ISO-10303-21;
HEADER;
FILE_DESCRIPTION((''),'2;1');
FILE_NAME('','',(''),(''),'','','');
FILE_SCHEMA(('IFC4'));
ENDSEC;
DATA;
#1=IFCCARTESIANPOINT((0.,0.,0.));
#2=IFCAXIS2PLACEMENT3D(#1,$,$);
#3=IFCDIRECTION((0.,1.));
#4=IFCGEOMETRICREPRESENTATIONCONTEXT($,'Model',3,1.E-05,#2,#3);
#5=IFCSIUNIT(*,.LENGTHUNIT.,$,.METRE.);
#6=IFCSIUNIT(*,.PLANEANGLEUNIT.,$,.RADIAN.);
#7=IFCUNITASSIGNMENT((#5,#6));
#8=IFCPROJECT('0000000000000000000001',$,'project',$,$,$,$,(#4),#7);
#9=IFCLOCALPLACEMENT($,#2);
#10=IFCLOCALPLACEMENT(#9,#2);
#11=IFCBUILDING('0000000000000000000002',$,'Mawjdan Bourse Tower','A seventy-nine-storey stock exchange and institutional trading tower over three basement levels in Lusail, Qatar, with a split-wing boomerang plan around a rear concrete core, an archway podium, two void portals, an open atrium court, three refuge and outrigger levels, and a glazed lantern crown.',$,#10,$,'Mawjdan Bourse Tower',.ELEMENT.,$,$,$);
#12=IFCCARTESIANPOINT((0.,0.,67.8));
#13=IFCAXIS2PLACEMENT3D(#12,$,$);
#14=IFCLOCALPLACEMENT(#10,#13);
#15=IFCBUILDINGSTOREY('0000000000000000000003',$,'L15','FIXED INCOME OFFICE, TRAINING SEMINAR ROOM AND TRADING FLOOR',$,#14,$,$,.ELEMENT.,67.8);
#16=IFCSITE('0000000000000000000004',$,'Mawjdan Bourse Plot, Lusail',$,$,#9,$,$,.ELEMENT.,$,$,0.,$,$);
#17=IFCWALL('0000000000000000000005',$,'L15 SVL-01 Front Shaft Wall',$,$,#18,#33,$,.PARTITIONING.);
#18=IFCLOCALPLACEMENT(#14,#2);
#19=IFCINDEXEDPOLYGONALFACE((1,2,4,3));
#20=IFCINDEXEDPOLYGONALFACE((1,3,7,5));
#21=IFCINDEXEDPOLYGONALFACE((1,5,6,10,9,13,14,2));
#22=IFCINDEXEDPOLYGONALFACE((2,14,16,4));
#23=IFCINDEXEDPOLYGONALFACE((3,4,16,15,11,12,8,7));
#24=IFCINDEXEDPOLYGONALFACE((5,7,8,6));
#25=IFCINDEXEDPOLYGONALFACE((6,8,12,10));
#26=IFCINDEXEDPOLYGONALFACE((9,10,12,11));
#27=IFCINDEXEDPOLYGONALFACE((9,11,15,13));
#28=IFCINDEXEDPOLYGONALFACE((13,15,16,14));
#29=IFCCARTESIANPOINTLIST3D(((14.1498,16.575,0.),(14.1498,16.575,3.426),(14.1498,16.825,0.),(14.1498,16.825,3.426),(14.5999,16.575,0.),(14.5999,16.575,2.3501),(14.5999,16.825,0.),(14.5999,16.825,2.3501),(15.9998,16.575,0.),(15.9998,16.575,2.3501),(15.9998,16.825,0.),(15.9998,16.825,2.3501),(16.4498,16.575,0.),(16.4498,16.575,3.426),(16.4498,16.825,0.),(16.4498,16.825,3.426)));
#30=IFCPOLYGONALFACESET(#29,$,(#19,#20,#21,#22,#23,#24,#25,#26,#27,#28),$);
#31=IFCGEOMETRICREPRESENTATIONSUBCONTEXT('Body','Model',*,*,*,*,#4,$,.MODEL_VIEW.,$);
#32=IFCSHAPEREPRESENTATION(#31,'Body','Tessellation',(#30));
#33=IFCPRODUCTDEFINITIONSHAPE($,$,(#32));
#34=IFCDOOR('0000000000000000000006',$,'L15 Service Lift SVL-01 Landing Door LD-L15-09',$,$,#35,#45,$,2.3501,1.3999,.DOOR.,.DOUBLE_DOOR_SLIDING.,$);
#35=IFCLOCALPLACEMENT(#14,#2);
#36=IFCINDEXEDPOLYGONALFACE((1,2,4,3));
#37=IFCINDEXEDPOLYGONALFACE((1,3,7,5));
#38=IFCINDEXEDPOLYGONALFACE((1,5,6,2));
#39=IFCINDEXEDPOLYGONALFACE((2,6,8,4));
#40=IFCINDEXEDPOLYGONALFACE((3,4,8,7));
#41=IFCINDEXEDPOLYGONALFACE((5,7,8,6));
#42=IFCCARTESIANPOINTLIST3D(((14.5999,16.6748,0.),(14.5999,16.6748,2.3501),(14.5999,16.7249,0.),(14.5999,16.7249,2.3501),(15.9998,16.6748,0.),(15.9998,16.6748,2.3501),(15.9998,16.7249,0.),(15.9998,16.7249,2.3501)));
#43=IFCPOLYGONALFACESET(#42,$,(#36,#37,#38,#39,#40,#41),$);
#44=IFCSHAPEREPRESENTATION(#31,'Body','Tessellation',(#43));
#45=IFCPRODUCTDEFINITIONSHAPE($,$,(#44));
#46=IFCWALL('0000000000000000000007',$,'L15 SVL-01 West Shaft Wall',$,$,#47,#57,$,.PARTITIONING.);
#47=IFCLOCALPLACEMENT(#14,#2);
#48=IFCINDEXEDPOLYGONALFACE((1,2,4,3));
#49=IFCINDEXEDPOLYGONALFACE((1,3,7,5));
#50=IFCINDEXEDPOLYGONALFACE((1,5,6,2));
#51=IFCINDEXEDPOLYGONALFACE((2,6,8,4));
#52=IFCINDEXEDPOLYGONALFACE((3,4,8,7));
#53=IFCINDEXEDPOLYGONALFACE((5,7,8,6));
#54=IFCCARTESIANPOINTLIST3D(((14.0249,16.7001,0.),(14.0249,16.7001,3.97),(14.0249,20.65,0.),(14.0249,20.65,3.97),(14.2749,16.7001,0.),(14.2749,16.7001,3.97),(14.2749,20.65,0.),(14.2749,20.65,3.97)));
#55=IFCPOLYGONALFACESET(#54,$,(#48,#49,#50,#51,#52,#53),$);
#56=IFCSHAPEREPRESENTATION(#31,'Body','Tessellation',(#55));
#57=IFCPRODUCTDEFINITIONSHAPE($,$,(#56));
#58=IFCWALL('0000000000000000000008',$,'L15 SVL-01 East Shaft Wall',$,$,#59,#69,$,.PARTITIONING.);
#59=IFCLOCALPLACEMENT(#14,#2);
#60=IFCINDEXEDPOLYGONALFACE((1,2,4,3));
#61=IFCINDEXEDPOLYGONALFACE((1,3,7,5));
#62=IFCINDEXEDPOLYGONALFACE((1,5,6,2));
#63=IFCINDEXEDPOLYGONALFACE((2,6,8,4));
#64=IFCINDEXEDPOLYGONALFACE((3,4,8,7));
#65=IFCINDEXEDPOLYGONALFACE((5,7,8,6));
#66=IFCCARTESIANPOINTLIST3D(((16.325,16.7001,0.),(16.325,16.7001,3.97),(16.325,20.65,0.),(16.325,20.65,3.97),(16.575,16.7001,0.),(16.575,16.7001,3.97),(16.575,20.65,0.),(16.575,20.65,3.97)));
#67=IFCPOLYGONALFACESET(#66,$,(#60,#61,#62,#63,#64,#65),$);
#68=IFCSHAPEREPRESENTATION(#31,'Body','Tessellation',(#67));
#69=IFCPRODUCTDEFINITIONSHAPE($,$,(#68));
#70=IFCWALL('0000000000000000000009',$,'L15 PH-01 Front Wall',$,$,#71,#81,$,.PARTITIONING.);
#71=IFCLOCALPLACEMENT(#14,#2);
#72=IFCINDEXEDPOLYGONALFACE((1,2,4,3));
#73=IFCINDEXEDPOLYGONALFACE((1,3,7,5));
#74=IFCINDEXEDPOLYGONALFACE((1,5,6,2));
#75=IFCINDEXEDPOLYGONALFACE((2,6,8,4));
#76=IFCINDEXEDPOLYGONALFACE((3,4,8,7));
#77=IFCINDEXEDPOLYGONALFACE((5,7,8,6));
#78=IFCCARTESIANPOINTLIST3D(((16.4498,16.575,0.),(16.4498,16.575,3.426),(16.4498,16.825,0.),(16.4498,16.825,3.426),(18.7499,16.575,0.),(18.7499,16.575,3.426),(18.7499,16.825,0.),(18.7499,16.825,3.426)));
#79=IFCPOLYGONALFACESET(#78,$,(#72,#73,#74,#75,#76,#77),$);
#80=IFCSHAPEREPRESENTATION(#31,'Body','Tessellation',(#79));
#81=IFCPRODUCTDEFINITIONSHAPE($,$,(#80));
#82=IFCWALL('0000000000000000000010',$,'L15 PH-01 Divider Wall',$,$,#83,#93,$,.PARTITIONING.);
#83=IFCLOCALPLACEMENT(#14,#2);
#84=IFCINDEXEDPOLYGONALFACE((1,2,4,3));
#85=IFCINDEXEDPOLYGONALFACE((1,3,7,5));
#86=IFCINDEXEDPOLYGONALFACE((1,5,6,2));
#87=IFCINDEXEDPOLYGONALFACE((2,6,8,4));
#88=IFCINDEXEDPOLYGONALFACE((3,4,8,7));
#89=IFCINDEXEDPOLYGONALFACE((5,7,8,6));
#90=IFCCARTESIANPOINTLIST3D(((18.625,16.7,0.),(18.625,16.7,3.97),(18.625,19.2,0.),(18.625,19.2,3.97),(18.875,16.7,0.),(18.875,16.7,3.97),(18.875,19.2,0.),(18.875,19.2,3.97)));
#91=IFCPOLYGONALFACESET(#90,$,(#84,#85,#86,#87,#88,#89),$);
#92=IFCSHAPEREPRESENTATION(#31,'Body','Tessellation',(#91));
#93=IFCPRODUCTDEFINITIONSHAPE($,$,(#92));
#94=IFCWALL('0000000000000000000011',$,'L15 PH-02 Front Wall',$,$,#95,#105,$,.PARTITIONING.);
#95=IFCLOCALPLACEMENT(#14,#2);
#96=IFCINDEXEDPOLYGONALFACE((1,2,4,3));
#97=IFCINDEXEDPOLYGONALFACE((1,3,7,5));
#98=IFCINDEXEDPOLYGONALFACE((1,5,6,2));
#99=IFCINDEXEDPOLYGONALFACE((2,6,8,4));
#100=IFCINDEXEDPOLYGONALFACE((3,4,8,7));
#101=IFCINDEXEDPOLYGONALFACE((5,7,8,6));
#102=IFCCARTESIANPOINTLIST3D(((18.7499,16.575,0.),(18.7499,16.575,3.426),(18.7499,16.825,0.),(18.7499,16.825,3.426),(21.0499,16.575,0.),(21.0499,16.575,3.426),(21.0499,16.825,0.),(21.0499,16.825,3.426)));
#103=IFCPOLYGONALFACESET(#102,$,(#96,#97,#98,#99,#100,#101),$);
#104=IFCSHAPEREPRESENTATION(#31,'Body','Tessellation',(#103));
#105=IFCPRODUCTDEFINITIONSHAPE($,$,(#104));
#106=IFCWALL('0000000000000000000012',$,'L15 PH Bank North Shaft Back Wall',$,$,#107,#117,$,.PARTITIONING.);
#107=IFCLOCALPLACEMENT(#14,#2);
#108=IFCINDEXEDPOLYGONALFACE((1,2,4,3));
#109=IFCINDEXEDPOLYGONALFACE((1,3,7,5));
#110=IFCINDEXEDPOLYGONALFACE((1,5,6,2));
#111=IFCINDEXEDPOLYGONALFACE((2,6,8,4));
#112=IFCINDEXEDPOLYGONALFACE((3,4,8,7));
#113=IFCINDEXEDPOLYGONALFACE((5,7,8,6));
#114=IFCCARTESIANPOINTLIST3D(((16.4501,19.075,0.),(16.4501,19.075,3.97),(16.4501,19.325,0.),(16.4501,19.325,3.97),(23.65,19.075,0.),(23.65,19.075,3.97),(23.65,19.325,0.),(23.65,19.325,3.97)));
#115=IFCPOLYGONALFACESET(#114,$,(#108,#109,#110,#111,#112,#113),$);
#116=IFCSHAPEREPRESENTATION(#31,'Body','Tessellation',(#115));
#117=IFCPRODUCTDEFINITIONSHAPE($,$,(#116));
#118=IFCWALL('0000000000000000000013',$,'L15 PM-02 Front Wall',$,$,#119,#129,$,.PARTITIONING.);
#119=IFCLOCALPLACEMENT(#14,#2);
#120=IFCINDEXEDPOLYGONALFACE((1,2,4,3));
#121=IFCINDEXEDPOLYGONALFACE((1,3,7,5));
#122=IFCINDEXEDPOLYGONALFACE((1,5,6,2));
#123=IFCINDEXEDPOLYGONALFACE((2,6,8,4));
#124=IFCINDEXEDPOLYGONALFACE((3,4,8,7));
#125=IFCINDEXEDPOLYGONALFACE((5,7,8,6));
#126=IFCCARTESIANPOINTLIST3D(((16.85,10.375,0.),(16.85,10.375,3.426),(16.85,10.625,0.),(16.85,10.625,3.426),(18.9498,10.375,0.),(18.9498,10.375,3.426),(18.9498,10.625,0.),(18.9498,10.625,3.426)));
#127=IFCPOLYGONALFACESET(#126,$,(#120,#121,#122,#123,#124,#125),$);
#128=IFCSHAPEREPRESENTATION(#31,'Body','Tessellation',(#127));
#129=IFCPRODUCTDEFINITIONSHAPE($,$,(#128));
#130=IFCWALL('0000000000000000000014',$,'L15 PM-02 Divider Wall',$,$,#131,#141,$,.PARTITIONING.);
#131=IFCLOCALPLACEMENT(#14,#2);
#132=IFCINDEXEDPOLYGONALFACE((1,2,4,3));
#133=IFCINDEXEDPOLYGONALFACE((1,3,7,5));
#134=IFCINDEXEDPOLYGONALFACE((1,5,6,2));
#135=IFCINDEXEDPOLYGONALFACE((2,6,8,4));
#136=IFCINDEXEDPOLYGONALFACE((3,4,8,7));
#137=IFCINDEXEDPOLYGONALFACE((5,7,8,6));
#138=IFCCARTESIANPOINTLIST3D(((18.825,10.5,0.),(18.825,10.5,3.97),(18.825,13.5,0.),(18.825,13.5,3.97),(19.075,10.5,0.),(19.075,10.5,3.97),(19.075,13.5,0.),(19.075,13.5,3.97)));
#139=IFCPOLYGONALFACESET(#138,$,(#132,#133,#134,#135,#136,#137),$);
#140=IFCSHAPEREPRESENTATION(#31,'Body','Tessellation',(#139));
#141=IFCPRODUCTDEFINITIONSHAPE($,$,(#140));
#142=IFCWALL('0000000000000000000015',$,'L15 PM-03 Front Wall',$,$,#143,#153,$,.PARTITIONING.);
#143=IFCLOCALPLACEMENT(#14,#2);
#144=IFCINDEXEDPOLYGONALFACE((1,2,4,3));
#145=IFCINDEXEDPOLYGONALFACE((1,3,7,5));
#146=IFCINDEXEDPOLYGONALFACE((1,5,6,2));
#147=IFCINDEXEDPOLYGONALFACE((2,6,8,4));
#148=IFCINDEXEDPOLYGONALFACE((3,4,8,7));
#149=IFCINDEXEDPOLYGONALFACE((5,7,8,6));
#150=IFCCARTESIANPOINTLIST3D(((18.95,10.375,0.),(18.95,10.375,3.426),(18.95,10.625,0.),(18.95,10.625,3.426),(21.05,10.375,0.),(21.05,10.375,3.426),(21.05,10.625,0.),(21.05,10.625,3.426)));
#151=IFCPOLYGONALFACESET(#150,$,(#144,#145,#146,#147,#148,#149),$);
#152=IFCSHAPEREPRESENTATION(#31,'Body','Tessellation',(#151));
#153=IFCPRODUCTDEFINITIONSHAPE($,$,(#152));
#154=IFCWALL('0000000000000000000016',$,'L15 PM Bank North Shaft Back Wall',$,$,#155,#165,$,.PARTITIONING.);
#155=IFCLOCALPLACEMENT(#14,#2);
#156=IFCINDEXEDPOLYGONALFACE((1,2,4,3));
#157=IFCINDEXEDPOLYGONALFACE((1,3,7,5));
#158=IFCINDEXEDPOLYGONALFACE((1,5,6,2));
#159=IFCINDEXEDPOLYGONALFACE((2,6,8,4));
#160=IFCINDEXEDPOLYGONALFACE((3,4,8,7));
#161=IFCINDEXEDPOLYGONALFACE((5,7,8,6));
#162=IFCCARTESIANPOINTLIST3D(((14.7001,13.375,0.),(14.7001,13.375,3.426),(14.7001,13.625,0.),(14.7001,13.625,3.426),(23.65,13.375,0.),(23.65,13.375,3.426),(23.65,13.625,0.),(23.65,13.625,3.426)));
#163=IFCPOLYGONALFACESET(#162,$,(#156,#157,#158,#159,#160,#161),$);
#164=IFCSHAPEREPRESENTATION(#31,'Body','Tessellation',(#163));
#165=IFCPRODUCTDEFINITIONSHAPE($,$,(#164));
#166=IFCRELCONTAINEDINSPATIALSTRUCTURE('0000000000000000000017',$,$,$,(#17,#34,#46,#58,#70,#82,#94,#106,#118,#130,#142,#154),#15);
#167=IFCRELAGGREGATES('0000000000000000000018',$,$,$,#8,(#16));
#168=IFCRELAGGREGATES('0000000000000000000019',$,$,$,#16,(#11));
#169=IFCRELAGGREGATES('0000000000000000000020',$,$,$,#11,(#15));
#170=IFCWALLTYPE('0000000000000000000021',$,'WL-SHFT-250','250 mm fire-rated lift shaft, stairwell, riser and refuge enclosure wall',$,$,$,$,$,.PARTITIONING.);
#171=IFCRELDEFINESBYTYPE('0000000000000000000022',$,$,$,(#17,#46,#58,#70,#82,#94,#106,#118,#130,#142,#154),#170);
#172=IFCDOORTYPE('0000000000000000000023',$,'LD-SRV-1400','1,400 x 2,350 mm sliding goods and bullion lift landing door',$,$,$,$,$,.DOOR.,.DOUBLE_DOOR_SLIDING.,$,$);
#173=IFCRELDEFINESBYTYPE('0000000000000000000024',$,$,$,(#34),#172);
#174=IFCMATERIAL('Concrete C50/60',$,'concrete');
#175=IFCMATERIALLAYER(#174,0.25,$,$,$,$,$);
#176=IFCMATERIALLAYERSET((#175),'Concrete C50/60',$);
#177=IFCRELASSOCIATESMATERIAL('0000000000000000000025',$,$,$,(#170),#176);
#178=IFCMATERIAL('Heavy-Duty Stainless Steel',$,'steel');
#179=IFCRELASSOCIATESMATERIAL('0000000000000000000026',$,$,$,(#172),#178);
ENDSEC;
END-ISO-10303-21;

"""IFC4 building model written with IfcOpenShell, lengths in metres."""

from ifc_helpers import new_model, si_unit, direction, frame, frame_2d, origin, place, context, subcontext, project, spatial, rectangle, extrude, material, layer, layer_set, type_object, element, fill, save


model = new_model("IFC4")

# Units and contexts
model_context = context("Model", 3, precision=1e-05, world=origin(), true_north=direction((0.0, 1.0)))
body_context = subcontext(model_context, "Body", "Model", "MODEL_VIEW")
ifc_project = project(units=[si_unit("LENGTHUNIT", "METRE"), si_unit("PLANEANGLEUNIT", "RADIAN")], contexts=[model_context])

# Site, building, storey
site_placement = place(None, origin())
site = spatial("IfcSite", under=ifc_project, at=site_placement, Name="Mawjdan Bourse Plot, Lusail", CompositionType="ELEMENT", RefElevation=0.0)
building_placement = place(site_placement, origin())
building = spatial("IfcBuilding", under=site, at=building_placement, Name="Mawjdan Bourse Tower", Description="A seventy-nine-storey stock exchange and institutional trading tower over three basement levels in Lusail, Qatar, with a split-wing boomerang plan around a rear concrete core, an archway podium, two void portals, an open atrium court, three refuge and outrigger levels, and a glazed lantern crown.", LongName="Mawjdan Bourse Tower", CompositionType="ELEMENT")
storey_placement = place(building_placement, frame((0.0, 0.0, 67.8)))
storey = spatial("IfcBuildingStorey", under=building, at=storey_placement, Name="L15", Description="FIXED INCOME OFFICE, TRAINING SEMINAR ROOM AND TRADING FLOOR", CompositionType="ELEMENT", Elevation=67.8)

# Shared definitions
ifc_material_1 = material(Name="Concrete C50/60", Category="concrete")
ifc_layer_1 = layer(ifc_material_1, 0.25)
ifc_layer_set_1 = layer_set([ifc_layer_1], Name="Concrete C50/60")
wall_type_1 = type_object("IfcWallType", Name="WL-SHFT-250", Description="250 mm fire-rated lift shaft, stairwell, riser and refuge enclosure wall", PredefinedType="PARTITIONING", material=ifc_layer_set_1)

# Wall, opening, door
wall_1_placement = place(storey_placement, frame((14.1499, 16.7, 0.0), z_axis=(0.0, 0.0, 1.0), x_axis=(1.0, 0.0, 0.0)))
wall_1 = element("IfcWall", 1, at=wall_1_placement, inside=storey, type_object=wall_type_1, Name="L15 SVL-01 Front Shaft Wall", PredefinedType="PARTITIONING", context=body_context, shape_type="SweptSolid", body=[
    extrude(rectangle(XDim=2.3, YDim=0.25, at=frame_2d((1.1499, 0.0))), origin(), (0.0, 0.0, 1.0), 3.426),
])
opening_1_placement = place(wall_1_placement, frame((0.45, 0.0, 0.0)))
opening_1 = element("IfcOpeningElement", 2, at=opening_1_placement, cuts=wall_1, PredefinedType="OPENING", context=body_context, shape_type="SweptSolid", body=[
    extrude(rectangle(XDim=1.3999, YDim=2.3501, at=frame_2d((0.7, 1.175))), frame((0.0, 0.135, 0.0), z_axis=(0.0, -1.0, 0.0), x_axis=(1.0, 0.0, 0.0)), (0.0, 0.0, 1.0), 0.27),
])
ifc_material_2 = material(Name="Heavy-Duty Stainless Steel", Category="steel")
door_type_1 = type_object("IfcDoorType", Name="LD-SRV-1400", Description="1,400 x 2,350 mm sliding goods and bullion lift landing door", OperationType="DOUBLE_DOOR_SLIDING", PredefinedType="DOOR", material=ifc_material_2)
door_1_placement = place(opening_1_placement, origin())
door_1 = element("IfcDoor", 3, at=door_1_placement, inside=storey, type_object=door_type_1, Name="L15 Service Lift SVL-01 Landing Door LD-L15-09", OperationType="DOUBLE_DOOR_SLIDING", OverallHeight=2.3501, OverallWidth=1.3999, PredefinedType="DOOR", context=body_context, shape_type="SweptSolid", body=[
    extrude(rectangle(XDim=1.3999, YDim=2.3501, at=frame_2d((0.7, 1.175))), frame((0.0, 0.0249, 0.0), z_axis=(0.0, -1.0, 0.0), x_axis=(1.0, 0.0, 0.0)), (0.0, 0.0, 1.0), 0.05),
])
fill(opening_1, door_1)

# Walls
for number, where, z_axis, x_axis, name in (
    (4, (14.1499, 16.7, 0.0), (0.0, 0.0, 1.0), (0.0, 1.0, 0.0), "L15 SVL-01 West Shaft Wall"),
    (5, (16.45, 16.7, 0.0), (0.0, 0.0, 1.0), (0.0, 1.0, 0.0), "L15 SVL-01 East Shaft Wall"),
):
    element("IfcWall", number, at=place(storey_placement, frame(where, z_axis=z_axis, x_axis=x_axis)), inside=storey, type_object=wall_type_1, Name=name, PredefinedType="PARTITIONING", context=body_context, shape_type="SweptSolid", body=[
        extrude(rectangle(XDim=3.95, YDim=0.25, at=frame_2d((1.9751, 0.0))), origin(), (0.0, 0.0, 1.0), 3.97),
    ])
wall_2_placement = place(storey_placement, frame((16.45, 16.7, 0.0), z_axis=(0.0, 0.0, 1.0), x_axis=(1.0, 0.0, 0.0)))
element("IfcWall", 6, at=wall_2_placement, inside=storey, type_object=wall_type_1, Name="L15 PH-01 Front Wall", PredefinedType="PARTITIONING", context=body_context, shape_type="SweptSolid", body=[
    extrude(rectangle(XDim=2.3, YDim=0.25, at=frame_2d((1.1499, 0.0))), origin(), (0.0, 0.0, 1.0), 3.426),
])
wall_3_placement = place(storey_placement, frame((18.75, 16.7, 0.0), z_axis=(0.0, 0.0, 1.0), x_axis=(0.0, 1.0, 0.0)))
element("IfcWall", 7, at=wall_3_placement, inside=storey, type_object=wall_type_1, Name="L15 PH-01 Divider Wall", PredefinedType="PARTITIONING", context=body_context, shape_type="SweptSolid", body=[
    extrude(rectangle(XDim=2.5, YDim=0.25, at=frame_2d((1.25, 0.0))), origin(), (0.0, 0.0, 1.0), 3.97),
])
wall_4_placement = place(storey_placement, frame((18.75, 16.7, 0.0), z_axis=(0.0, 0.0, 1.0), x_axis=(1.0, 0.0, 0.0)))
element("IfcWall", 8, at=wall_4_placement, inside=storey, type_object=wall_type_1, Name="L15 PH-02 Front Wall", PredefinedType="PARTITIONING", context=body_context, shape_type="SweptSolid", body=[
    extrude(rectangle(XDim=2.3, YDim=0.25, at=frame_2d((1.1499, 0.0))), origin(), (0.0, 0.0, 1.0), 3.426),
])
wall_5_placement = place(storey_placement, frame((16.45, 19.2, 0.0), z_axis=(0.0, 0.0, 1.0), x_axis=(1.0, 0.0, 0.0)))
element("IfcWall", 9, at=wall_5_placement, inside=storey, type_object=wall_type_1, Name="L15 PH Bank North Shaft Back Wall", PredefinedType="PARTITIONING", context=body_context, shape_type="SweptSolid", body=[
    extrude(rectangle(XDim=7.2, YDim=0.25, at=frame_2d((3.6001, 0.0))), origin(), (0.0, 0.0, 1.0), 3.97),
])
wall_6_placement = place(storey_placement, frame((16.8501, 10.5, 0.0), z_axis=(0.0, 0.0, 1.0), x_axis=(1.0, 0.0, 0.0)))
element("IfcWall", 10, at=wall_6_placement, inside=storey, type_object=wall_type_1, Name="L15 PM-02 Front Wall", PredefinedType="PARTITIONING", context=body_context, shape_type="SweptSolid", body=[
    extrude(rectangle(XDim=2.0999, YDim=0.25, at=frame_2d((1.0498, 0.0))), origin(), (0.0, 0.0, 1.0), 3.426),
])
wall_7_placement = place(storey_placement, frame((18.95, 10.5, 0.0), z_axis=(0.0, 0.0, 1.0), x_axis=(0.0, 1.0, 0.0)))
element("IfcWall", 11, at=wall_7_placement, inside=storey, type_object=wall_type_1, Name="L15 PM-02 Divider Wall", PredefinedType="PARTITIONING", context=body_context, shape_type="SweptSolid", body=[
    extrude(rectangle(XDim=3.0, YDim=0.25, at=frame_2d((1.5, 0.0))), origin(), (0.0, 0.0, 1.0), 3.97),
])
wall_8_placement = place(storey_placement, frame((18.95, 10.5, 0.0), z_axis=(0.0, 0.0, 1.0), x_axis=(1.0, 0.0, 0.0)))
element("IfcWall", 12, at=wall_8_placement, inside=storey, type_object=wall_type_1, Name="L15 PM-03 Front Wall", PredefinedType="PARTITIONING", context=body_context, shape_type="SweptSolid", body=[
    extrude(rectangle(XDim=2.1001, YDim=0.25, at=frame_2d((1.05, 0.0))), origin(), (0.0, 0.0, 1.0), 3.426),
])
wall_9_placement = place(storey_placement, frame((14.7, 13.5, 0.0), z_axis=(0.0, 0.0, 1.0), x_axis=(1.0, 0.0, 0.0)))
element("IfcWall", 13, at=wall_9_placement, inside=storey, type_object=wall_type_1, Name="L15 PM Bank North Shaft Back Wall", PredefinedType="PARTITIONING", context=body_context, shape_type="SweptSolid", body=[
    extrude(rectangle(XDim=8.95, YDim=0.25, at=frame_2d((4.4751, 0.0))), origin(), (0.0, 0.0, 1.0), 3.426),
])

save(model, "model.ifc")
